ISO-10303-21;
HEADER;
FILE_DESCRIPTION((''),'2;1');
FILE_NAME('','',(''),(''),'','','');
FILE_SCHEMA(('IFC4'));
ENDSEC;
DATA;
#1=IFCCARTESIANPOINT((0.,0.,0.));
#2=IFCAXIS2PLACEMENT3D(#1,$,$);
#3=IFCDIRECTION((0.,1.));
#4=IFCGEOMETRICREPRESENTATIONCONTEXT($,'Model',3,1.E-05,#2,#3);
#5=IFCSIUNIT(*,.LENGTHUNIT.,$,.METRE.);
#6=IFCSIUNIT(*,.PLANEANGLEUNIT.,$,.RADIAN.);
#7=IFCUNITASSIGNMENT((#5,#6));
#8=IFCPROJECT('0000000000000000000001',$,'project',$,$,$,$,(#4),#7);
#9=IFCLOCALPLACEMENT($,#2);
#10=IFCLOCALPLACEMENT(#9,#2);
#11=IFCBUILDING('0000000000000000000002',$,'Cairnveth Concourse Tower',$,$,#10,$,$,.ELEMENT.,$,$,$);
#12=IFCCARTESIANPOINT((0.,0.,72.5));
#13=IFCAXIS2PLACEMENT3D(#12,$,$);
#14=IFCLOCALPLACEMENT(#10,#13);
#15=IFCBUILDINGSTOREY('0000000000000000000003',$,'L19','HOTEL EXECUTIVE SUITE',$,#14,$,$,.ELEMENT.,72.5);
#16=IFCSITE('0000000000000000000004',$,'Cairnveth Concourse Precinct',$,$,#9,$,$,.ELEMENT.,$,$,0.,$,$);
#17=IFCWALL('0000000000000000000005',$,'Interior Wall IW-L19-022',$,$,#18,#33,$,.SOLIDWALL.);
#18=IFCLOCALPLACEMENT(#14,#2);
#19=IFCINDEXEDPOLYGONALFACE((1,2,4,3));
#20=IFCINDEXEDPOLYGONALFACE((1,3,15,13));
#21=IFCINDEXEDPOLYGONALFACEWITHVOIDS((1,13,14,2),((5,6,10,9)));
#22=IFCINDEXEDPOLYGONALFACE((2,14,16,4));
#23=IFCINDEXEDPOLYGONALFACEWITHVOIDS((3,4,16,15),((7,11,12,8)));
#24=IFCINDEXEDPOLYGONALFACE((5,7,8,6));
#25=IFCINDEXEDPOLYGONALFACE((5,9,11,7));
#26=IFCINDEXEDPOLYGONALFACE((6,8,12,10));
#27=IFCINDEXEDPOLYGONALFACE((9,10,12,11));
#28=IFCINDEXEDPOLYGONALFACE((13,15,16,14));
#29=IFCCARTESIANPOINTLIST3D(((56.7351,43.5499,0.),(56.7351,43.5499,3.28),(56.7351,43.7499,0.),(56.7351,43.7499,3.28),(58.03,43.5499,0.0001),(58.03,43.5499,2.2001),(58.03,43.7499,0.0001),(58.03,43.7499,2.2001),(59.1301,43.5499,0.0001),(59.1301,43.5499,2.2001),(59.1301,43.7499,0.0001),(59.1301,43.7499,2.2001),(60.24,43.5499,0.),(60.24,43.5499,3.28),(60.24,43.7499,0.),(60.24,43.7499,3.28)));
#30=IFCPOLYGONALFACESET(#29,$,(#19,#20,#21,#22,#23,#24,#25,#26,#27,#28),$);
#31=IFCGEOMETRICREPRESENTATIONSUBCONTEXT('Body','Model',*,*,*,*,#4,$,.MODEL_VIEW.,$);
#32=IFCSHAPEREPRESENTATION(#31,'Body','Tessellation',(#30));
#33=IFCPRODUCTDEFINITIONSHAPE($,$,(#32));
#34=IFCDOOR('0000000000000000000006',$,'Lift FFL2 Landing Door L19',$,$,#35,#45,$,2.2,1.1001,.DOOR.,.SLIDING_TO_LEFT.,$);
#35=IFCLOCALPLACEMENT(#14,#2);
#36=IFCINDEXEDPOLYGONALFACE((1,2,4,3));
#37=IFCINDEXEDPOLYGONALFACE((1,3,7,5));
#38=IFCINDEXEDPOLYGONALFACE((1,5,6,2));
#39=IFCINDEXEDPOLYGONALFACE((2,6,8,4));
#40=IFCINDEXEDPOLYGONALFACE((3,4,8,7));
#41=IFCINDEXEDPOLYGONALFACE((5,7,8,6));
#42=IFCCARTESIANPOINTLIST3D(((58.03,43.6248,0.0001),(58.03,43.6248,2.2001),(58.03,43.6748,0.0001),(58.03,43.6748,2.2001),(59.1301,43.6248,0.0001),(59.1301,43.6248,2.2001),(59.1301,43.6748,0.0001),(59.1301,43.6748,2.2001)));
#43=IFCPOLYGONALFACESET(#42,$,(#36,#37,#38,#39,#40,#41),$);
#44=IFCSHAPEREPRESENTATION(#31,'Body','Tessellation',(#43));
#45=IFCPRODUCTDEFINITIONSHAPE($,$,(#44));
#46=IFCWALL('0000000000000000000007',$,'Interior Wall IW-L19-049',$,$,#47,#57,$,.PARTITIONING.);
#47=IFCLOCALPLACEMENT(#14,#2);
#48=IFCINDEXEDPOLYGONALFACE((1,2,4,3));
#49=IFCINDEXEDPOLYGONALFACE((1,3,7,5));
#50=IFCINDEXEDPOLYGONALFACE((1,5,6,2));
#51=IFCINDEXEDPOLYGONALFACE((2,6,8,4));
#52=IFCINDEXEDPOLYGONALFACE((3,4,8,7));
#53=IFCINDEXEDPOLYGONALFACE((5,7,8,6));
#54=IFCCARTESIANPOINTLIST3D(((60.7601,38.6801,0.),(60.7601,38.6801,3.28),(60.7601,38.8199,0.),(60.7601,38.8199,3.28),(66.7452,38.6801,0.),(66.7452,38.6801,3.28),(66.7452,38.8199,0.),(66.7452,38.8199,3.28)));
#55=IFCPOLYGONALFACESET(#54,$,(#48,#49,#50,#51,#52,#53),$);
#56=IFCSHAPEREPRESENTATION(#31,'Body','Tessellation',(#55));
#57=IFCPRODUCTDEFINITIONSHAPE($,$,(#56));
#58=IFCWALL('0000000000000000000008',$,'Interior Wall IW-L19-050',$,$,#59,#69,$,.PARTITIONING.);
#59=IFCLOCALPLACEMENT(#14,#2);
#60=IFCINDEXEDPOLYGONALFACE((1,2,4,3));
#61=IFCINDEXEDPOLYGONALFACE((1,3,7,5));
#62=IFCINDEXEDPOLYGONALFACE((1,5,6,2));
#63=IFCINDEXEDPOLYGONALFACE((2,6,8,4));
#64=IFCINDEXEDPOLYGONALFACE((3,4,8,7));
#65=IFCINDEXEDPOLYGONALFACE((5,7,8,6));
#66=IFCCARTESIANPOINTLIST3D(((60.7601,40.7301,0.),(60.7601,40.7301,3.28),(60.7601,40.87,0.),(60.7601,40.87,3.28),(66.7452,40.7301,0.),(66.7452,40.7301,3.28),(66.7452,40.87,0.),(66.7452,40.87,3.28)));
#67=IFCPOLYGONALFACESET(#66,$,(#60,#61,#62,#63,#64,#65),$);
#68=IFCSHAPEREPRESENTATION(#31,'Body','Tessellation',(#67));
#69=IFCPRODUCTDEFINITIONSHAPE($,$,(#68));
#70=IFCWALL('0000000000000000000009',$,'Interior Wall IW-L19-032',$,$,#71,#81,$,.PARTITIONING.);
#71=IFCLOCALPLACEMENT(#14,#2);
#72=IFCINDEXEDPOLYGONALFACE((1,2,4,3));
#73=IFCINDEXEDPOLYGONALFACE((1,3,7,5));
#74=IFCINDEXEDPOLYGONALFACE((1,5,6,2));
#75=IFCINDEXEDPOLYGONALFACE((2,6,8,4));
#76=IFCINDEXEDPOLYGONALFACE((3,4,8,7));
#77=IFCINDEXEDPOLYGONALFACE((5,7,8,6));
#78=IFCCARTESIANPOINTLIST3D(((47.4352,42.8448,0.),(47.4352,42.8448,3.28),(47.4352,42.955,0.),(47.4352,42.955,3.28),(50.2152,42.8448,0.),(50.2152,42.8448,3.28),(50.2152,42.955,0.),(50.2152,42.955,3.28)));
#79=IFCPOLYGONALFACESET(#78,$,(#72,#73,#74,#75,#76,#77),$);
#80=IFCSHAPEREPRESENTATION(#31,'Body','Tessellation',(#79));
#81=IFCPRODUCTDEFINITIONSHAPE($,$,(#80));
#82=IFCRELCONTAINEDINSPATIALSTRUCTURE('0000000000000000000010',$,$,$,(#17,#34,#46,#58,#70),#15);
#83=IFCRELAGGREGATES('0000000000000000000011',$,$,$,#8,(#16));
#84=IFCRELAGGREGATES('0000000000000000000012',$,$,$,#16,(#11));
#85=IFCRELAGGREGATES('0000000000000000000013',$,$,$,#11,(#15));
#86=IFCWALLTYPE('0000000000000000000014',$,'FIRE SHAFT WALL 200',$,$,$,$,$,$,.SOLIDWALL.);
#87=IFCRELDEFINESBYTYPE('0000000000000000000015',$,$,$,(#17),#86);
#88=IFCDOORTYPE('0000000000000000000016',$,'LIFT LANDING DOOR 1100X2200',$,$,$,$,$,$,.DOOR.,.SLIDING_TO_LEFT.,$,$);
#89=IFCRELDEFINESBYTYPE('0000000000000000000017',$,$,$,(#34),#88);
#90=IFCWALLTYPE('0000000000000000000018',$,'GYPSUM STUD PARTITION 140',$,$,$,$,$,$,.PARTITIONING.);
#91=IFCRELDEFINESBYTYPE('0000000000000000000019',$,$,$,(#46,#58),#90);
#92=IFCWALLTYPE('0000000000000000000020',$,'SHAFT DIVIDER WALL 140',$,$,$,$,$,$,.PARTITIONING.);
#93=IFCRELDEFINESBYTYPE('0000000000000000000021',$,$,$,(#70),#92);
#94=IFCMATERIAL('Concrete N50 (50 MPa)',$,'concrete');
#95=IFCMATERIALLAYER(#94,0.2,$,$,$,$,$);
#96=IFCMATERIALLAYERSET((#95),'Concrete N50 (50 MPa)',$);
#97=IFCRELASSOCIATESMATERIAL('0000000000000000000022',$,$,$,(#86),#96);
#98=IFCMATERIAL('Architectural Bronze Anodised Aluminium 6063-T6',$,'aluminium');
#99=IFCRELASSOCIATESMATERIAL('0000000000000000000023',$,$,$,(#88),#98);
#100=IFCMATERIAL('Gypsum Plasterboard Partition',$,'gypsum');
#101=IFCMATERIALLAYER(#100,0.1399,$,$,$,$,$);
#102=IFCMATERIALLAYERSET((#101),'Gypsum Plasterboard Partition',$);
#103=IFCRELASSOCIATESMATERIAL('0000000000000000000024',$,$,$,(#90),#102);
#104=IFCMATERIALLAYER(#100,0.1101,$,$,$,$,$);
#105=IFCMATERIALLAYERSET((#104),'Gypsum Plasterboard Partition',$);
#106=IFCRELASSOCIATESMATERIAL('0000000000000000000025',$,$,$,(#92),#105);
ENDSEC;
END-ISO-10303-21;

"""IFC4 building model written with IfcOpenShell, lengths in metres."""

from ifc_helpers import new_model, si_unit, direction, frame, frame_2d, origin, place, context, subcontext, project, spatial, rectangle, extrude, material, layer, layer_set, type_object, element, fill, save


model = new_model("IFC4")

# Units and contexts
model_context = context("Model", 3, precision=1e-05, world=origin(), true_north=direction((0.0, 1.0)))
body_context = subcontext(model_context, "Body", "Model", "MODEL_VIEW")
ifc_project = project(units=[si_unit("LENGTHUNIT", "METRE"), si_unit("PLANEANGLEUNIT", "RADIAN")], contexts=[model_context])

# Site, building, storey
site_placement = place(None, origin())
site = spatial("IfcSite", under=ifc_project, at=site_placement, Name="Cairnveth Concourse Precinct", CompositionType="ELEMENT", RefElevation=0.0)
building_placement = place(site_placement, origin())
building = spatial("IfcBuilding", under=site, at=building_placement, Name="Cairnveth Concourse Tower", CompositionType="ELEMENT")
storey_placement = place(building_placement, frame((0.0, 0.0, 72.5)))
storey = spatial("IfcBuildingStorey", under=building, at=storey_placement, Name="L19", Description="HOTEL EXECUTIVE SUITE", CompositionType="ELEMENT", Elevation=72.5)

# Shared definitions
ifc_material_1 = material(Name="Concrete N50 (50 MPa)", Category="concrete")
ifc_layer_1 = layer(ifc_material_1, 0.2)
ifc_layer_set_1 = layer_set([ifc_layer_1], Name="Concrete N50 (50 MPa)")
wall_type_1 = type_object("IfcWallType", Name="FIRE SHAFT WALL 200", PredefinedType="SOLIDWALL", material=ifc_layer_set_1)

# Wall, opening, door
wall_1_placement = place(storey_placement, frame((56.7351, 43.6499, 0.0), z_axis=(0.0, 0.0, 1.0), x_axis=(1.0, 0.0, 0.0)))
wall_1 = element("IfcWall", 1, at=wall_1_placement, inside=storey, type_object=wall_type_1, Name="Interior Wall IW-L19-022", PredefinedType="SOLIDWALL", context=body_context, shape_type="SweptSolid", body=[
    extrude(rectangle(XDim=3.5049, YDim=0.2, at=frame_2d((1.7524, 0.0))), origin(), (0.0, 0.0, 1.0), 3.28),
])
opening_1_placement = place(wall_1_placement, frame((1.2949, 0.0, 0.0)))
opening_1 = element("IfcOpeningElement", 2, at=opening_1_placement, cuts=wall_1, PredefinedType="OPENING", context=body_context, shape_type="SweptSolid", body=[
    extrude(rectangle(XDim=1.1001, YDim=2.2, at=frame_2d((0.55, 1.1001))), frame((0.0, 0.1099, 0.0), z_axis=(0.0, -1.0, 0.0), x_axis=(1.0, 0.0, 0.0)), (0.0, 0.0, 1.0), 0.22),
])
ifc_material_2 = material(Name="Architectural Bronze Anodised Aluminium 6063-T6", Category="aluminium")
door_type_1 = type_object("IfcDoorType", Name="LIFT LANDING DOOR 1100X2200", OperationType="SLIDING_TO_LEFT", PredefinedType="DOOR", material=ifc_material_2)
door_1_placement = place(opening_1_placement, origin())
door_1 = element("IfcDoor", 3, at=door_1_placement, inside=storey, type_object=door_type_1, Name="Lift FFL2 Landing Door L19", OperationType="SLIDING_TO_LEFT", OverallHeight=2.2, OverallWidth=1.1001, PredefinedType="DOOR", context=body_context, shape_type="SweptSolid", body=[
    extrude(rectangle(XDim=1.1001, YDim=2.2, at=frame_2d((0.55, 1.1001))), frame((0.0, 0.0249, 0.0), z_axis=(0.0, -1.0, 0.0), x_axis=(1.0, 0.0, 0.0)), (0.0, 0.0, 1.0), 0.05),
])
fill(opening_1, door_1)

# Walls
ifc_material_3 = material(Name="Gypsum Plasterboard Partition", Category="gypsum")
ifc_layer_2 = layer(ifc_material_3, 0.1399)
ifc_layer_set_2 = layer_set([ifc_layer_2], Name="Gypsum Plasterboard Partition")
wall_type_2 = type_object("IfcWallType", Name="GYPSUM STUD PARTITION 140", PredefinedType="PARTITIONING", material=ifc_layer_set_2)
for number, where, z_axis, x_axis, name in (
    (4, (60.76, 38.75, 0.0), (0.0, 0.0, 1.0), (1.0, 0.0, 0.0), "Interior Wall IW-L19-049"),
    (5, (60.76, 40.8, 0.0), (0.0, 0.0, 1.0), (1.0, 0.0, 0.0), "Interior Wall IW-L19-050"),
):
    element("IfcWall", number, at=place(storey_placement, frame(where, z_axis=z_axis, x_axis=x_axis)), inside=storey, type_object=wall_type_2, Name=name, PredefinedType="PARTITIONING", context=body_context, shape_type="SweptSolid", body=[
        extrude(rectangle(XDim=5.9851, YDim=0.1399, at=frame_2d((2.9927, 0.0))), origin(), (0.0, 0.0, 1.0), 3.28),
    ])
ifc_layer_3 = layer(ifc_material_3, 0.1101)
ifc_layer_set_3 = layer_set([ifc_layer_3], Name="Gypsum Plasterboard Partition")
wall_type_3 = type_object("IfcWallType", Name="SHAFT DIVIDER WALL 140", PredefinedType="PARTITIONING", material=ifc_layer_set_3)
wall_2_placement = place(storey_placement, frame((47.4351, 42.8999, 0.0), z_axis=(0.0, 0.0, 1.0), x_axis=(1.0, 0.0, 0.0)))
element("IfcWall", 6, at=wall_2_placement, inside=storey, type_object=wall_type_3, Name="Interior Wall IW-L19-032", PredefinedType="PARTITIONING", context=body_context, shape_type="SweptSolid", body=[
    extrude(rectangle(XDim=2.78, YDim=0.1101, at=frame_2d((1.3901, 0.0))), origin(), (0.0, 0.0, 1.0), 3.28),
])

save(model, "model.ifc")
